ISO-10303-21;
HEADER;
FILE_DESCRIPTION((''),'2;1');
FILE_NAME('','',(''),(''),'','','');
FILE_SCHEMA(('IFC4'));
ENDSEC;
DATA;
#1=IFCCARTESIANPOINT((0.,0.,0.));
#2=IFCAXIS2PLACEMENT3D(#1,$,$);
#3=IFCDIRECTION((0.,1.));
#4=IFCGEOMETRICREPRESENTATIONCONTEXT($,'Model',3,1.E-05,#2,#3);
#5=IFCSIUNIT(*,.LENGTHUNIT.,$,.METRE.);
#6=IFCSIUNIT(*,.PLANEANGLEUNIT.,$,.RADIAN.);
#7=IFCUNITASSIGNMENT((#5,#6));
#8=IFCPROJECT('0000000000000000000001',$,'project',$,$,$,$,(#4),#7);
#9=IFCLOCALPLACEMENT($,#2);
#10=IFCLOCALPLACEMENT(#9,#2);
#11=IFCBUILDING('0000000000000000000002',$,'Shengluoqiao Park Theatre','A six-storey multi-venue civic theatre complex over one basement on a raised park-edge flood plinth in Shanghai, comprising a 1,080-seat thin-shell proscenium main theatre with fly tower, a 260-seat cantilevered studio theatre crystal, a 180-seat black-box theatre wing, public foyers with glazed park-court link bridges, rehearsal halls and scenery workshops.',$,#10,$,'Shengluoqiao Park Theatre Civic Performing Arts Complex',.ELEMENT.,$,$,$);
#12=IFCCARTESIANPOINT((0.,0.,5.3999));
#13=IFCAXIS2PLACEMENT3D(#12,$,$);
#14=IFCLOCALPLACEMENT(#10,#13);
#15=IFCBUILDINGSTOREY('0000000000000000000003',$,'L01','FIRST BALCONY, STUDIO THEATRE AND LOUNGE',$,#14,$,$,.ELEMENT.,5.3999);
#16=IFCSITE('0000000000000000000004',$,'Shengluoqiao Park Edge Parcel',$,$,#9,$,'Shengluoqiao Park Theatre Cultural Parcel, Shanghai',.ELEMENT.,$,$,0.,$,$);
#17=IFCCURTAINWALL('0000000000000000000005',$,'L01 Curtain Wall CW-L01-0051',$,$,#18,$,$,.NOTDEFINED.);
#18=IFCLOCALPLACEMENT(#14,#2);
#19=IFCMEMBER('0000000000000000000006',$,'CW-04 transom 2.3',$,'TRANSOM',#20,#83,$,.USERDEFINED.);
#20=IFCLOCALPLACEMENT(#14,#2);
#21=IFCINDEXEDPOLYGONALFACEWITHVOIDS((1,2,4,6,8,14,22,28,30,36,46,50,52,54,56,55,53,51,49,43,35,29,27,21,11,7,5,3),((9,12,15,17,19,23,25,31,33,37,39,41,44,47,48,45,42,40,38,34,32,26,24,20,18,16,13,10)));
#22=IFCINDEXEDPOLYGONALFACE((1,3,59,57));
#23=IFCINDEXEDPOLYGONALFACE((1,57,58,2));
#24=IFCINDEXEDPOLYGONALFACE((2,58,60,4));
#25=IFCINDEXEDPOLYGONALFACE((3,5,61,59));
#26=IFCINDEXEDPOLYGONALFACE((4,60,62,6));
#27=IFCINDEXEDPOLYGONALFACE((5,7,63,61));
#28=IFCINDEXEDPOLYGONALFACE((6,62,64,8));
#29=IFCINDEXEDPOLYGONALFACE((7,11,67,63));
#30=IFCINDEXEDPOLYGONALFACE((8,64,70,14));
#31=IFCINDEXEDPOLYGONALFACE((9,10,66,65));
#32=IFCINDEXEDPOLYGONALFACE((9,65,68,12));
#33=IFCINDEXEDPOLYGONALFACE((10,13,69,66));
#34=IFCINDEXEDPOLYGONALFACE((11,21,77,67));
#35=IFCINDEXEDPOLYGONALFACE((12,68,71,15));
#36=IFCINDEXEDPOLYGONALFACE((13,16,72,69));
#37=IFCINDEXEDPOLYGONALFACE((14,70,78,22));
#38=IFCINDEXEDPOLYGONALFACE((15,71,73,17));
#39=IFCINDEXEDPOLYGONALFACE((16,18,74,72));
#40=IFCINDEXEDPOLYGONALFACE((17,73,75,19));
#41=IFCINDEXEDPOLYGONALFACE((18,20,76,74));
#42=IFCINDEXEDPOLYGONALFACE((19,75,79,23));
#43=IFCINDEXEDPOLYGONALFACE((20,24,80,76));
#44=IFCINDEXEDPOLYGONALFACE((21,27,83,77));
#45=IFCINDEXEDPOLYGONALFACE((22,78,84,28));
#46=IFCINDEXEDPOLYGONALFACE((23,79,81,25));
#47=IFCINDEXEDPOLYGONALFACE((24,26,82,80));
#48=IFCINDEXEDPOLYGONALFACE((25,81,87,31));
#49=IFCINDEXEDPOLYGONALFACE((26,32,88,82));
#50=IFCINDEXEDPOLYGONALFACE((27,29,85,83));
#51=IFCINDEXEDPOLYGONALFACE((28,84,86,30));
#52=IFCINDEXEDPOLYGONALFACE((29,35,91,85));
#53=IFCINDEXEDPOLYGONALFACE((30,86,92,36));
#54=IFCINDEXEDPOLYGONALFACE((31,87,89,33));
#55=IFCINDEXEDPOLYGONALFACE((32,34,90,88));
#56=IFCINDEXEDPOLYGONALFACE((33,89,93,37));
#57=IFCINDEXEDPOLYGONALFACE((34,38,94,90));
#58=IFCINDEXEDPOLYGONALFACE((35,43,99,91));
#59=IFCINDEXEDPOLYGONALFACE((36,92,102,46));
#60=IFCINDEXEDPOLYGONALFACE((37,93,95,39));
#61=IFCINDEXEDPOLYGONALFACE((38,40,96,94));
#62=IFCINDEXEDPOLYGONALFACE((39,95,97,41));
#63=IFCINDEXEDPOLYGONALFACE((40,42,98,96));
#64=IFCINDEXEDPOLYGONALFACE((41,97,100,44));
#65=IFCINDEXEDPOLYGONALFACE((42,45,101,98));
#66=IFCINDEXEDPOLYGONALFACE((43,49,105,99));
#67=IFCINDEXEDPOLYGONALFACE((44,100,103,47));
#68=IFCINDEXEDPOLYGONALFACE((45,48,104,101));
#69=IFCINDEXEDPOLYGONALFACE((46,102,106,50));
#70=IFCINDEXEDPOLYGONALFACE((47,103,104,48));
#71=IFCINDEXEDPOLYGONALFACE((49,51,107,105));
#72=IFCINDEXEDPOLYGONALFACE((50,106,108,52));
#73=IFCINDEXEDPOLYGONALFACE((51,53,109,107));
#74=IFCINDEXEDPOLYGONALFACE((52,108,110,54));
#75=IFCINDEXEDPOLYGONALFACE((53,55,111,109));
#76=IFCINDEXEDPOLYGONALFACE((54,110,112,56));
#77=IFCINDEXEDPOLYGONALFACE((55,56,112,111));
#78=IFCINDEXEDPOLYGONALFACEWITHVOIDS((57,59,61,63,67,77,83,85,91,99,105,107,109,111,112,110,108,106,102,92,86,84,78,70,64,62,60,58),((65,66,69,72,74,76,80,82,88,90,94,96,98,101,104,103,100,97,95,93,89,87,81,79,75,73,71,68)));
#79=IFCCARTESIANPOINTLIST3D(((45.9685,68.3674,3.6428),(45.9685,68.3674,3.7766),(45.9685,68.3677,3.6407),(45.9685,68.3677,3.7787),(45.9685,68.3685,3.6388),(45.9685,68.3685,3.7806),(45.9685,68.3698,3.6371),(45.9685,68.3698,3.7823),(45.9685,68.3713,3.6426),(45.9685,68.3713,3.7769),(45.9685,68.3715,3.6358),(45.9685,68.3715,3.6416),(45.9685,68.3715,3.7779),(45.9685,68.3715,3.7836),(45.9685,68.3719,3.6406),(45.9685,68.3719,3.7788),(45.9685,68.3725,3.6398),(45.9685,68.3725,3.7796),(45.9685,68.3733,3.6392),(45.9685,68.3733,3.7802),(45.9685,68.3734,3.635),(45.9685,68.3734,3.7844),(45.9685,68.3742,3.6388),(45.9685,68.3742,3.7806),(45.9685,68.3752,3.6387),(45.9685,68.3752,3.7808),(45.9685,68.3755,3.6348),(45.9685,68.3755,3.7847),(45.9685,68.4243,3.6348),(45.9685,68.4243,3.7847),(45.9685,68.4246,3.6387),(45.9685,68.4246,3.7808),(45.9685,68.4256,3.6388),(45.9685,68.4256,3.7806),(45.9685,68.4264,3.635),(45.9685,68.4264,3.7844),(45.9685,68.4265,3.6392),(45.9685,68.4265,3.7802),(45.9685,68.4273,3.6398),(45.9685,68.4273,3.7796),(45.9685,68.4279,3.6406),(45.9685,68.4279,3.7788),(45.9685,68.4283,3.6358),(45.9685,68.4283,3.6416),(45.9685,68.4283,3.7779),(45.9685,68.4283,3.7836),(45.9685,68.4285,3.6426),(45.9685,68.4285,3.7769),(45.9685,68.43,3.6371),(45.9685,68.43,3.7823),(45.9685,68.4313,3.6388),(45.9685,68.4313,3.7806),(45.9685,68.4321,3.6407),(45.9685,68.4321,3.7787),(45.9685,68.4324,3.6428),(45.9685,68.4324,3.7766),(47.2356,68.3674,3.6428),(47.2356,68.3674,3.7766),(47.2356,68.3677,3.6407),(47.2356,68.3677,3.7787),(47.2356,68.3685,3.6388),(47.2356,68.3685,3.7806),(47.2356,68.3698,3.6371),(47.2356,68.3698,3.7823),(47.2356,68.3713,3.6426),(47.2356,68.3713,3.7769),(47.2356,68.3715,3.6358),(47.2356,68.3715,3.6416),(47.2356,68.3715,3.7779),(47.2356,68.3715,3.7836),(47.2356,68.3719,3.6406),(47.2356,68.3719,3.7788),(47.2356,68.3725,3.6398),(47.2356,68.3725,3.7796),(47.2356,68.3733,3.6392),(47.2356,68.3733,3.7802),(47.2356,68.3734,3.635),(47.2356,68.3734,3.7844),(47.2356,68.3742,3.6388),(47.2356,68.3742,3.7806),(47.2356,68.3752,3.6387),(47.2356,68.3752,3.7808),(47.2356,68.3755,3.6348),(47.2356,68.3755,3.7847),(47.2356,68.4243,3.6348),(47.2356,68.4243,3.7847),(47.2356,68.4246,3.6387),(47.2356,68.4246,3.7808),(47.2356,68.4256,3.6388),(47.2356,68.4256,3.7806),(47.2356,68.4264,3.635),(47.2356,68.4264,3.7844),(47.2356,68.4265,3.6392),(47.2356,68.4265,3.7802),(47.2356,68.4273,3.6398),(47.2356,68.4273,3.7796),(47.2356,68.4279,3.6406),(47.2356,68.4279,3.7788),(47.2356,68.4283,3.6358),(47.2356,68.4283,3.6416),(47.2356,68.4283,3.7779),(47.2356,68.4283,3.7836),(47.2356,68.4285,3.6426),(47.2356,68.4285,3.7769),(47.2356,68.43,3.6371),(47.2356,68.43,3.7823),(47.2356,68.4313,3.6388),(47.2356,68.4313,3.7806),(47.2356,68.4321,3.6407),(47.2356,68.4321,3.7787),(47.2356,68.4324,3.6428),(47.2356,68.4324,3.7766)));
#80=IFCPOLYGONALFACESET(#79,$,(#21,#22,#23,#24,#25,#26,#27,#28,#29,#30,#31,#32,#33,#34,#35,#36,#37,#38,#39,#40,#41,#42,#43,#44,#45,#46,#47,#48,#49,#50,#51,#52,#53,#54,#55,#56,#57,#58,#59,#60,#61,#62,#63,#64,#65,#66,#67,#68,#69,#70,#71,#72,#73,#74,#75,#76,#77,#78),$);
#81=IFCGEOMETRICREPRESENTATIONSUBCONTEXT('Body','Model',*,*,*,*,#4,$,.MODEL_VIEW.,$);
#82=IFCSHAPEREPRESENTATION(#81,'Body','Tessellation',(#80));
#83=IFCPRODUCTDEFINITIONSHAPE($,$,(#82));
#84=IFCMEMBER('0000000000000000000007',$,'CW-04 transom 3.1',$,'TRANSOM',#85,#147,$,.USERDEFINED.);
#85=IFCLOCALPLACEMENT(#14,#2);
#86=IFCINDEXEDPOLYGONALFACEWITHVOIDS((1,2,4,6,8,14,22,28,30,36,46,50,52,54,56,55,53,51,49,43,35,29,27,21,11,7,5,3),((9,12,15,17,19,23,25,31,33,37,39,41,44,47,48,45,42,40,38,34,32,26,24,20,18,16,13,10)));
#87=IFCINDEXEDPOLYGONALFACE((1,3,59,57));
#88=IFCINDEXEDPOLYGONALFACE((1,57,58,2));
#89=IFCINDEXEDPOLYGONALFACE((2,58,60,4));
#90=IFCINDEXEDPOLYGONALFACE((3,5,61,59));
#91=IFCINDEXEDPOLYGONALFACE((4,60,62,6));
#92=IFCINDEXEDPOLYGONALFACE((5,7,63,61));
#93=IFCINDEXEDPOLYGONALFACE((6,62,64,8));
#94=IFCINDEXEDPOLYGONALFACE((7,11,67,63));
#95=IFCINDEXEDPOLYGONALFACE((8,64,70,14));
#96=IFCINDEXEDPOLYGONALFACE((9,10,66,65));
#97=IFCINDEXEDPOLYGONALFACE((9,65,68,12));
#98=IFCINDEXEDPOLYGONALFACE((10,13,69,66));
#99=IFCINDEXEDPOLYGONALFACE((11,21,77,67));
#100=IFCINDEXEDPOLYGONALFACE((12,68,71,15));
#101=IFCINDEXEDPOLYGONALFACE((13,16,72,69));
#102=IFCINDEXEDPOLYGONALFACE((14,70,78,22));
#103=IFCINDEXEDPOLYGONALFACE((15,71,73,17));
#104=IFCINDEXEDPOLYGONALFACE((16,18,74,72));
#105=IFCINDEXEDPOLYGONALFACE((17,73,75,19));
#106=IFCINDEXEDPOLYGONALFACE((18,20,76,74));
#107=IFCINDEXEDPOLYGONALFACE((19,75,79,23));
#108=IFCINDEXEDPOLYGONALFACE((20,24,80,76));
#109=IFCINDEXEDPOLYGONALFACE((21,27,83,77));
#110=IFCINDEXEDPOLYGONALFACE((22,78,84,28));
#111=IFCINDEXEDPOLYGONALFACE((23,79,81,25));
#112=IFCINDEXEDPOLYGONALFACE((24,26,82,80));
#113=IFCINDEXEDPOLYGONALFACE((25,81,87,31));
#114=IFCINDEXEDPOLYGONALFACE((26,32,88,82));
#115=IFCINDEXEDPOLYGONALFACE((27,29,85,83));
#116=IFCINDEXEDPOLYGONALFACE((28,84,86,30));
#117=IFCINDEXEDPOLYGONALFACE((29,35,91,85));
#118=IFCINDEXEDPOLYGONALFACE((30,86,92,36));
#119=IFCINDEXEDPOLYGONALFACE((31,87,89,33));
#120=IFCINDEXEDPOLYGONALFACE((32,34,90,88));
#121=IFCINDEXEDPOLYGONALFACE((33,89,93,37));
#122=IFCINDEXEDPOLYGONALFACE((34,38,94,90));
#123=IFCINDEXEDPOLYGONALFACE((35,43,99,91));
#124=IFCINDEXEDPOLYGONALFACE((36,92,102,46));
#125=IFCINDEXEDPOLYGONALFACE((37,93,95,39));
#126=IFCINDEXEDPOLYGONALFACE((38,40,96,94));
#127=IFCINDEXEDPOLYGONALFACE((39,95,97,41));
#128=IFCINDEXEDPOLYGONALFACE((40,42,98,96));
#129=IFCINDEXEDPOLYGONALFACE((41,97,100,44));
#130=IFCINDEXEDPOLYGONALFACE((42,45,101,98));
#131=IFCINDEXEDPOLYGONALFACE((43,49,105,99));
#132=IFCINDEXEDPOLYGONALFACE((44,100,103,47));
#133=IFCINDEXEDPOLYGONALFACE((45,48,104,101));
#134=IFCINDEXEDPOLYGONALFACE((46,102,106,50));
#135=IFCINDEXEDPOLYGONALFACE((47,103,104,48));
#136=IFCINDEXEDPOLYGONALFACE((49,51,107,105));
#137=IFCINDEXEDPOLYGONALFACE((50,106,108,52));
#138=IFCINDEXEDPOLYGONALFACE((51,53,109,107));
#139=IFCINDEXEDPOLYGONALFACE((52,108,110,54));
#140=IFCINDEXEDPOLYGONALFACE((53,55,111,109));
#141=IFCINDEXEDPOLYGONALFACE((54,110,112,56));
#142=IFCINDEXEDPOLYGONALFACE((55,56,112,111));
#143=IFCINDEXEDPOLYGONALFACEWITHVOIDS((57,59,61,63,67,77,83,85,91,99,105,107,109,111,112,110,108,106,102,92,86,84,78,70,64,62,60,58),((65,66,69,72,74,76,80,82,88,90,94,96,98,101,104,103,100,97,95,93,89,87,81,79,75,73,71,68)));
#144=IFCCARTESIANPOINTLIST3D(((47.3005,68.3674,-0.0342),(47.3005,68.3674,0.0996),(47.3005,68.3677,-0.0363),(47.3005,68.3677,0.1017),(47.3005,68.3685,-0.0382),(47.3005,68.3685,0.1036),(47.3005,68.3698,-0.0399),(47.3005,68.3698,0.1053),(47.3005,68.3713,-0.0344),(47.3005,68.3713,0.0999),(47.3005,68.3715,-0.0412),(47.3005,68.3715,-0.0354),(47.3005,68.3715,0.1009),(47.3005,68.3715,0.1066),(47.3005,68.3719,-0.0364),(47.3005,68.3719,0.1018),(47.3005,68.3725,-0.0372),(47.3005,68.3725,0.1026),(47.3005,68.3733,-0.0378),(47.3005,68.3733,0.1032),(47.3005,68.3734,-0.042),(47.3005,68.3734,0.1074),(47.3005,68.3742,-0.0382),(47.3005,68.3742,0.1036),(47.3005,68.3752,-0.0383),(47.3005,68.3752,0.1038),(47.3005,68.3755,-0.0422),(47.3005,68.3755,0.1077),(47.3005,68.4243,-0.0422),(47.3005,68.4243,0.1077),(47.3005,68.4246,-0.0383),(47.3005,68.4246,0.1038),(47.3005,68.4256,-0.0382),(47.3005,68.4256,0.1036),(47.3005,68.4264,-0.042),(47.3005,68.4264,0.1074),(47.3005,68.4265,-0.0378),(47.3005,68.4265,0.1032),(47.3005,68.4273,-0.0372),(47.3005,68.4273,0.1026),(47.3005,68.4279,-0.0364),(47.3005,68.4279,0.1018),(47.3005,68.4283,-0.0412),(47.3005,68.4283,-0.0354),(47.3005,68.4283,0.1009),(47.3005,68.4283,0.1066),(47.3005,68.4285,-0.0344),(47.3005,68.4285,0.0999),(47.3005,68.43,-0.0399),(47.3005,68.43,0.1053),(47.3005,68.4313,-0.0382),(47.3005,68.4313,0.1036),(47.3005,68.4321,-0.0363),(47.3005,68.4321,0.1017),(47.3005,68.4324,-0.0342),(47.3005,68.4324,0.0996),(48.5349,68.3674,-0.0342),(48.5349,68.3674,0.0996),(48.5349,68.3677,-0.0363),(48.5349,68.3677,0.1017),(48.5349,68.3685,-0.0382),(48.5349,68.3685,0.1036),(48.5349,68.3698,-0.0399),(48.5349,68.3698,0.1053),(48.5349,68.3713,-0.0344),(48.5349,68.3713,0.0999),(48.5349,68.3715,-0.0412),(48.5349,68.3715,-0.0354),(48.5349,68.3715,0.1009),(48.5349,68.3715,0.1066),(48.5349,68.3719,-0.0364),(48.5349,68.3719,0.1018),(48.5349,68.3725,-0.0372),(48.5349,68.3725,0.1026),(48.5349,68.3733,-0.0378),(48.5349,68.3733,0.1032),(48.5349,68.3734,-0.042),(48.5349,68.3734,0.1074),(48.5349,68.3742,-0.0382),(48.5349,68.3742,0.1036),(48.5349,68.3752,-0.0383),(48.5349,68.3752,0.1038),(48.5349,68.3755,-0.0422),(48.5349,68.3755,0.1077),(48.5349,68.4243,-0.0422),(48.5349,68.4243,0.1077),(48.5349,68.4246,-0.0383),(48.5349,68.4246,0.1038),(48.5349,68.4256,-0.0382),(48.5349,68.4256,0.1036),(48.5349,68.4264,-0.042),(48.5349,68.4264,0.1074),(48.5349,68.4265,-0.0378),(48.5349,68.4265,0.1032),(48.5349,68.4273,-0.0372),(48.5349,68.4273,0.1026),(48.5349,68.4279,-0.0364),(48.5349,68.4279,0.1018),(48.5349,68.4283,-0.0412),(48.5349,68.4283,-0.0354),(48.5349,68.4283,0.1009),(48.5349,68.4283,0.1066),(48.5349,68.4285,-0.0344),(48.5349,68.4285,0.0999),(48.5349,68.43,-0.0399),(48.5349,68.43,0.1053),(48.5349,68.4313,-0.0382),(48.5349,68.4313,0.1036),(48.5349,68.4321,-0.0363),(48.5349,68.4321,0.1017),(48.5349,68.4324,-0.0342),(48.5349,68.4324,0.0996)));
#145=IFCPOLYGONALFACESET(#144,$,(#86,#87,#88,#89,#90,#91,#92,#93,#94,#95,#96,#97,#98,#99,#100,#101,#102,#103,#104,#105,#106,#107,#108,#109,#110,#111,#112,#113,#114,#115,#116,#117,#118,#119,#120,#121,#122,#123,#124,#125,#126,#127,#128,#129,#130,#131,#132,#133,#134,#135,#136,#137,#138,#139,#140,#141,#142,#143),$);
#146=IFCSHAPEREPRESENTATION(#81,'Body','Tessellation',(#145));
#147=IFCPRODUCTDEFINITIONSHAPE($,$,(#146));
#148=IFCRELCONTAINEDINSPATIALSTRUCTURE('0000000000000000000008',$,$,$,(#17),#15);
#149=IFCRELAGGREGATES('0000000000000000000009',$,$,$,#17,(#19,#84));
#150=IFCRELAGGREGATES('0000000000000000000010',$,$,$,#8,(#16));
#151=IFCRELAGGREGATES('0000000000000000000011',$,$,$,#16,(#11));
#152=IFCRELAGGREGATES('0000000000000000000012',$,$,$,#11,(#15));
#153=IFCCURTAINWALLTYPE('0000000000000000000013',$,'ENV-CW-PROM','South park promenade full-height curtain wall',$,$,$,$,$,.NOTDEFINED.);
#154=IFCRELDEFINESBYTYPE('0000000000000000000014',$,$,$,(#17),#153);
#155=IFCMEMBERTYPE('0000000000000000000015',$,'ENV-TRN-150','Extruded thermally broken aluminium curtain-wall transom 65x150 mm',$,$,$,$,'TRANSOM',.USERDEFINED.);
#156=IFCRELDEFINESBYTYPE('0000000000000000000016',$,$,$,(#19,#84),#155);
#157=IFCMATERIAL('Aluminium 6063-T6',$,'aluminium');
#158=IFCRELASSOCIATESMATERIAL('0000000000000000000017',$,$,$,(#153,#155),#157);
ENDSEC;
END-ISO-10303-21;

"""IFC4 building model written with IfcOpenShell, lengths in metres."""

from ifc_helpers import new_model, si_unit, direction, frame, origin, origin_2d, place, context, subcontext, project, spatial, hollow_rectangle, extrude, material, material_profile, profile_set, type_object, element, aggregate, save


model = new_model("IFC4")

# Units and contexts
model_context = context("Model", 3, precision=1e-05, world=origin(), true_north=direction((0.0, 1.0)))
body_context = subcontext(model_context, "Body", "Model", "MODEL_VIEW")
ifc_project = project(units=[si_unit("LENGTHUNIT", "METRE"), si_unit("PLANEANGLEUNIT", "RADIAN")], contexts=[model_context])

# Site, building, storey
site_placement = place(None, origin())
site = spatial("IfcSite", under=ifc_project, at=site_placement, Name="Shengluoqiao Park Edge Parcel", LongName="Shengluoqiao Park Theatre Cultural Parcel, Shanghai", CompositionType="ELEMENT", RefElevation=0.0)
building_placement = place(site_placement, origin())
building = spatial("IfcBuilding", under=site, at=building_placement, Name="Shengluoqiao Park Theatre", Description="A six-storey multi-venue civic theatre complex over one basement on a raised park-edge flood plinth in Shanghai, comprising a 1,080-seat thin-shell proscenium main theatre with fly tower, a 260-seat cantilevered studio theatre crystal, a 180-seat black-box theatre wing, public foyers with glazed park-court link bridges, rehearsal halls and scenery workshops.", LongName="Shengluoqiao Park Theatre Civic Performing Arts Complex", CompositionType="ELEMENT")
storey_placement = place(building_placement, frame((0.0, 0.0, 5.3999)))
storey = spatial("IfcBuildingStorey", under=building, at=storey_placement, Name="L01", Description="FIRST BALCONY, STUDIO THEATRE AND LOUNGE", CompositionType="ELEMENT", Elevation=5.3999)

# Curtain wall, members
ifc_material_1 = material(Name="Aluminium 6063-T6", Category="aluminium")
curtain_wall_type = type_object("IfcCurtainWallType", Name="ENV-CW-PROM", Description="South park promenade full-height curtain wall", PredefinedType="NOTDEFINED", material=ifc_material_1)
curtain_wall_placement = place(storey_placement, origin())
curtain_wall = element("IfcCurtainWall", 1, at=curtain_wall_placement, inside=storey, type_object=curtain_wall_type, Name="L01 Curtain Wall CW-L01-0051", PredefinedType="NOTDEFINED")
ifc_material_profile_1 = material_profile(ifc_material_1, hollow_rectangle(XDim=0.0649, YDim=0.1499, WallThickness=0.0039, InnerFilletRadius=0.0039, OuterFilletRadius=0.0081, at=origin_2d()), Name="ALU TRANSOM 150x65x4")
ifc_profile_set_1 = profile_set([ifc_material_profile_1], Name="Aluminium 6063-T6")
member_type_1 = type_object("IfcMemberType", Name="ENV-TRN-150", Description="Extruded thermally broken aluminium curtain-wall transom 65x150 mm", ElementType="TRANSOM", PredefinedType="USERDEFINED", material=ifc_profile_set_1)
member_1_placement = place(storey_placement, frame((45.9685, 68.3999, 3.7097), z_axis=(1.0, 0.0, 0.0), x_axis=(0.0, 1.0, 0.0)))
member_1 = element("IfcMember", 2, at=member_1_placement, type_object=member_type_1, Name="CW-04 transom 2.3", ObjectType="TRANSOM", PredefinedType="USERDEFINED", context=body_context, shape_type="SweptSolid", body=[
    extrude(hollow_rectangle(XDim=0.0649, YDim=0.1499, WallThickness=0.0039, InnerFilletRadius=0.0039, OuterFilletRadius=0.0081, at=origin_2d()), origin(), (0.0, 0.0, 1.0), 1.2671),
])
member_2_placement = place(storey_placement, frame((47.3005, 68.3999, 0.0327), z_axis=(1.0, 0.0, 0.0), x_axis=(0.0, 1.0, 0.0)))
member_2 = element("IfcMember", 3, at=member_2_placement, type_object=member_type_1, Name="CW-04 transom 3.1", ObjectType="TRANSOM", PredefinedType="USERDEFINED", context=body_context, shape_type="SweptSolid", body=[
    extrude(hollow_rectangle(XDim=0.0649, YDim=0.1499, WallThickness=0.0039, InnerFilletRadius=0.0039, OuterFilletRadius=0.0081, at=origin_2d()), origin(), (0.0, 0.0, 1.0), 1.2344),
])

aggregate(curtain_wall, [member_1, member_2])

save(model, "model.ifc")
